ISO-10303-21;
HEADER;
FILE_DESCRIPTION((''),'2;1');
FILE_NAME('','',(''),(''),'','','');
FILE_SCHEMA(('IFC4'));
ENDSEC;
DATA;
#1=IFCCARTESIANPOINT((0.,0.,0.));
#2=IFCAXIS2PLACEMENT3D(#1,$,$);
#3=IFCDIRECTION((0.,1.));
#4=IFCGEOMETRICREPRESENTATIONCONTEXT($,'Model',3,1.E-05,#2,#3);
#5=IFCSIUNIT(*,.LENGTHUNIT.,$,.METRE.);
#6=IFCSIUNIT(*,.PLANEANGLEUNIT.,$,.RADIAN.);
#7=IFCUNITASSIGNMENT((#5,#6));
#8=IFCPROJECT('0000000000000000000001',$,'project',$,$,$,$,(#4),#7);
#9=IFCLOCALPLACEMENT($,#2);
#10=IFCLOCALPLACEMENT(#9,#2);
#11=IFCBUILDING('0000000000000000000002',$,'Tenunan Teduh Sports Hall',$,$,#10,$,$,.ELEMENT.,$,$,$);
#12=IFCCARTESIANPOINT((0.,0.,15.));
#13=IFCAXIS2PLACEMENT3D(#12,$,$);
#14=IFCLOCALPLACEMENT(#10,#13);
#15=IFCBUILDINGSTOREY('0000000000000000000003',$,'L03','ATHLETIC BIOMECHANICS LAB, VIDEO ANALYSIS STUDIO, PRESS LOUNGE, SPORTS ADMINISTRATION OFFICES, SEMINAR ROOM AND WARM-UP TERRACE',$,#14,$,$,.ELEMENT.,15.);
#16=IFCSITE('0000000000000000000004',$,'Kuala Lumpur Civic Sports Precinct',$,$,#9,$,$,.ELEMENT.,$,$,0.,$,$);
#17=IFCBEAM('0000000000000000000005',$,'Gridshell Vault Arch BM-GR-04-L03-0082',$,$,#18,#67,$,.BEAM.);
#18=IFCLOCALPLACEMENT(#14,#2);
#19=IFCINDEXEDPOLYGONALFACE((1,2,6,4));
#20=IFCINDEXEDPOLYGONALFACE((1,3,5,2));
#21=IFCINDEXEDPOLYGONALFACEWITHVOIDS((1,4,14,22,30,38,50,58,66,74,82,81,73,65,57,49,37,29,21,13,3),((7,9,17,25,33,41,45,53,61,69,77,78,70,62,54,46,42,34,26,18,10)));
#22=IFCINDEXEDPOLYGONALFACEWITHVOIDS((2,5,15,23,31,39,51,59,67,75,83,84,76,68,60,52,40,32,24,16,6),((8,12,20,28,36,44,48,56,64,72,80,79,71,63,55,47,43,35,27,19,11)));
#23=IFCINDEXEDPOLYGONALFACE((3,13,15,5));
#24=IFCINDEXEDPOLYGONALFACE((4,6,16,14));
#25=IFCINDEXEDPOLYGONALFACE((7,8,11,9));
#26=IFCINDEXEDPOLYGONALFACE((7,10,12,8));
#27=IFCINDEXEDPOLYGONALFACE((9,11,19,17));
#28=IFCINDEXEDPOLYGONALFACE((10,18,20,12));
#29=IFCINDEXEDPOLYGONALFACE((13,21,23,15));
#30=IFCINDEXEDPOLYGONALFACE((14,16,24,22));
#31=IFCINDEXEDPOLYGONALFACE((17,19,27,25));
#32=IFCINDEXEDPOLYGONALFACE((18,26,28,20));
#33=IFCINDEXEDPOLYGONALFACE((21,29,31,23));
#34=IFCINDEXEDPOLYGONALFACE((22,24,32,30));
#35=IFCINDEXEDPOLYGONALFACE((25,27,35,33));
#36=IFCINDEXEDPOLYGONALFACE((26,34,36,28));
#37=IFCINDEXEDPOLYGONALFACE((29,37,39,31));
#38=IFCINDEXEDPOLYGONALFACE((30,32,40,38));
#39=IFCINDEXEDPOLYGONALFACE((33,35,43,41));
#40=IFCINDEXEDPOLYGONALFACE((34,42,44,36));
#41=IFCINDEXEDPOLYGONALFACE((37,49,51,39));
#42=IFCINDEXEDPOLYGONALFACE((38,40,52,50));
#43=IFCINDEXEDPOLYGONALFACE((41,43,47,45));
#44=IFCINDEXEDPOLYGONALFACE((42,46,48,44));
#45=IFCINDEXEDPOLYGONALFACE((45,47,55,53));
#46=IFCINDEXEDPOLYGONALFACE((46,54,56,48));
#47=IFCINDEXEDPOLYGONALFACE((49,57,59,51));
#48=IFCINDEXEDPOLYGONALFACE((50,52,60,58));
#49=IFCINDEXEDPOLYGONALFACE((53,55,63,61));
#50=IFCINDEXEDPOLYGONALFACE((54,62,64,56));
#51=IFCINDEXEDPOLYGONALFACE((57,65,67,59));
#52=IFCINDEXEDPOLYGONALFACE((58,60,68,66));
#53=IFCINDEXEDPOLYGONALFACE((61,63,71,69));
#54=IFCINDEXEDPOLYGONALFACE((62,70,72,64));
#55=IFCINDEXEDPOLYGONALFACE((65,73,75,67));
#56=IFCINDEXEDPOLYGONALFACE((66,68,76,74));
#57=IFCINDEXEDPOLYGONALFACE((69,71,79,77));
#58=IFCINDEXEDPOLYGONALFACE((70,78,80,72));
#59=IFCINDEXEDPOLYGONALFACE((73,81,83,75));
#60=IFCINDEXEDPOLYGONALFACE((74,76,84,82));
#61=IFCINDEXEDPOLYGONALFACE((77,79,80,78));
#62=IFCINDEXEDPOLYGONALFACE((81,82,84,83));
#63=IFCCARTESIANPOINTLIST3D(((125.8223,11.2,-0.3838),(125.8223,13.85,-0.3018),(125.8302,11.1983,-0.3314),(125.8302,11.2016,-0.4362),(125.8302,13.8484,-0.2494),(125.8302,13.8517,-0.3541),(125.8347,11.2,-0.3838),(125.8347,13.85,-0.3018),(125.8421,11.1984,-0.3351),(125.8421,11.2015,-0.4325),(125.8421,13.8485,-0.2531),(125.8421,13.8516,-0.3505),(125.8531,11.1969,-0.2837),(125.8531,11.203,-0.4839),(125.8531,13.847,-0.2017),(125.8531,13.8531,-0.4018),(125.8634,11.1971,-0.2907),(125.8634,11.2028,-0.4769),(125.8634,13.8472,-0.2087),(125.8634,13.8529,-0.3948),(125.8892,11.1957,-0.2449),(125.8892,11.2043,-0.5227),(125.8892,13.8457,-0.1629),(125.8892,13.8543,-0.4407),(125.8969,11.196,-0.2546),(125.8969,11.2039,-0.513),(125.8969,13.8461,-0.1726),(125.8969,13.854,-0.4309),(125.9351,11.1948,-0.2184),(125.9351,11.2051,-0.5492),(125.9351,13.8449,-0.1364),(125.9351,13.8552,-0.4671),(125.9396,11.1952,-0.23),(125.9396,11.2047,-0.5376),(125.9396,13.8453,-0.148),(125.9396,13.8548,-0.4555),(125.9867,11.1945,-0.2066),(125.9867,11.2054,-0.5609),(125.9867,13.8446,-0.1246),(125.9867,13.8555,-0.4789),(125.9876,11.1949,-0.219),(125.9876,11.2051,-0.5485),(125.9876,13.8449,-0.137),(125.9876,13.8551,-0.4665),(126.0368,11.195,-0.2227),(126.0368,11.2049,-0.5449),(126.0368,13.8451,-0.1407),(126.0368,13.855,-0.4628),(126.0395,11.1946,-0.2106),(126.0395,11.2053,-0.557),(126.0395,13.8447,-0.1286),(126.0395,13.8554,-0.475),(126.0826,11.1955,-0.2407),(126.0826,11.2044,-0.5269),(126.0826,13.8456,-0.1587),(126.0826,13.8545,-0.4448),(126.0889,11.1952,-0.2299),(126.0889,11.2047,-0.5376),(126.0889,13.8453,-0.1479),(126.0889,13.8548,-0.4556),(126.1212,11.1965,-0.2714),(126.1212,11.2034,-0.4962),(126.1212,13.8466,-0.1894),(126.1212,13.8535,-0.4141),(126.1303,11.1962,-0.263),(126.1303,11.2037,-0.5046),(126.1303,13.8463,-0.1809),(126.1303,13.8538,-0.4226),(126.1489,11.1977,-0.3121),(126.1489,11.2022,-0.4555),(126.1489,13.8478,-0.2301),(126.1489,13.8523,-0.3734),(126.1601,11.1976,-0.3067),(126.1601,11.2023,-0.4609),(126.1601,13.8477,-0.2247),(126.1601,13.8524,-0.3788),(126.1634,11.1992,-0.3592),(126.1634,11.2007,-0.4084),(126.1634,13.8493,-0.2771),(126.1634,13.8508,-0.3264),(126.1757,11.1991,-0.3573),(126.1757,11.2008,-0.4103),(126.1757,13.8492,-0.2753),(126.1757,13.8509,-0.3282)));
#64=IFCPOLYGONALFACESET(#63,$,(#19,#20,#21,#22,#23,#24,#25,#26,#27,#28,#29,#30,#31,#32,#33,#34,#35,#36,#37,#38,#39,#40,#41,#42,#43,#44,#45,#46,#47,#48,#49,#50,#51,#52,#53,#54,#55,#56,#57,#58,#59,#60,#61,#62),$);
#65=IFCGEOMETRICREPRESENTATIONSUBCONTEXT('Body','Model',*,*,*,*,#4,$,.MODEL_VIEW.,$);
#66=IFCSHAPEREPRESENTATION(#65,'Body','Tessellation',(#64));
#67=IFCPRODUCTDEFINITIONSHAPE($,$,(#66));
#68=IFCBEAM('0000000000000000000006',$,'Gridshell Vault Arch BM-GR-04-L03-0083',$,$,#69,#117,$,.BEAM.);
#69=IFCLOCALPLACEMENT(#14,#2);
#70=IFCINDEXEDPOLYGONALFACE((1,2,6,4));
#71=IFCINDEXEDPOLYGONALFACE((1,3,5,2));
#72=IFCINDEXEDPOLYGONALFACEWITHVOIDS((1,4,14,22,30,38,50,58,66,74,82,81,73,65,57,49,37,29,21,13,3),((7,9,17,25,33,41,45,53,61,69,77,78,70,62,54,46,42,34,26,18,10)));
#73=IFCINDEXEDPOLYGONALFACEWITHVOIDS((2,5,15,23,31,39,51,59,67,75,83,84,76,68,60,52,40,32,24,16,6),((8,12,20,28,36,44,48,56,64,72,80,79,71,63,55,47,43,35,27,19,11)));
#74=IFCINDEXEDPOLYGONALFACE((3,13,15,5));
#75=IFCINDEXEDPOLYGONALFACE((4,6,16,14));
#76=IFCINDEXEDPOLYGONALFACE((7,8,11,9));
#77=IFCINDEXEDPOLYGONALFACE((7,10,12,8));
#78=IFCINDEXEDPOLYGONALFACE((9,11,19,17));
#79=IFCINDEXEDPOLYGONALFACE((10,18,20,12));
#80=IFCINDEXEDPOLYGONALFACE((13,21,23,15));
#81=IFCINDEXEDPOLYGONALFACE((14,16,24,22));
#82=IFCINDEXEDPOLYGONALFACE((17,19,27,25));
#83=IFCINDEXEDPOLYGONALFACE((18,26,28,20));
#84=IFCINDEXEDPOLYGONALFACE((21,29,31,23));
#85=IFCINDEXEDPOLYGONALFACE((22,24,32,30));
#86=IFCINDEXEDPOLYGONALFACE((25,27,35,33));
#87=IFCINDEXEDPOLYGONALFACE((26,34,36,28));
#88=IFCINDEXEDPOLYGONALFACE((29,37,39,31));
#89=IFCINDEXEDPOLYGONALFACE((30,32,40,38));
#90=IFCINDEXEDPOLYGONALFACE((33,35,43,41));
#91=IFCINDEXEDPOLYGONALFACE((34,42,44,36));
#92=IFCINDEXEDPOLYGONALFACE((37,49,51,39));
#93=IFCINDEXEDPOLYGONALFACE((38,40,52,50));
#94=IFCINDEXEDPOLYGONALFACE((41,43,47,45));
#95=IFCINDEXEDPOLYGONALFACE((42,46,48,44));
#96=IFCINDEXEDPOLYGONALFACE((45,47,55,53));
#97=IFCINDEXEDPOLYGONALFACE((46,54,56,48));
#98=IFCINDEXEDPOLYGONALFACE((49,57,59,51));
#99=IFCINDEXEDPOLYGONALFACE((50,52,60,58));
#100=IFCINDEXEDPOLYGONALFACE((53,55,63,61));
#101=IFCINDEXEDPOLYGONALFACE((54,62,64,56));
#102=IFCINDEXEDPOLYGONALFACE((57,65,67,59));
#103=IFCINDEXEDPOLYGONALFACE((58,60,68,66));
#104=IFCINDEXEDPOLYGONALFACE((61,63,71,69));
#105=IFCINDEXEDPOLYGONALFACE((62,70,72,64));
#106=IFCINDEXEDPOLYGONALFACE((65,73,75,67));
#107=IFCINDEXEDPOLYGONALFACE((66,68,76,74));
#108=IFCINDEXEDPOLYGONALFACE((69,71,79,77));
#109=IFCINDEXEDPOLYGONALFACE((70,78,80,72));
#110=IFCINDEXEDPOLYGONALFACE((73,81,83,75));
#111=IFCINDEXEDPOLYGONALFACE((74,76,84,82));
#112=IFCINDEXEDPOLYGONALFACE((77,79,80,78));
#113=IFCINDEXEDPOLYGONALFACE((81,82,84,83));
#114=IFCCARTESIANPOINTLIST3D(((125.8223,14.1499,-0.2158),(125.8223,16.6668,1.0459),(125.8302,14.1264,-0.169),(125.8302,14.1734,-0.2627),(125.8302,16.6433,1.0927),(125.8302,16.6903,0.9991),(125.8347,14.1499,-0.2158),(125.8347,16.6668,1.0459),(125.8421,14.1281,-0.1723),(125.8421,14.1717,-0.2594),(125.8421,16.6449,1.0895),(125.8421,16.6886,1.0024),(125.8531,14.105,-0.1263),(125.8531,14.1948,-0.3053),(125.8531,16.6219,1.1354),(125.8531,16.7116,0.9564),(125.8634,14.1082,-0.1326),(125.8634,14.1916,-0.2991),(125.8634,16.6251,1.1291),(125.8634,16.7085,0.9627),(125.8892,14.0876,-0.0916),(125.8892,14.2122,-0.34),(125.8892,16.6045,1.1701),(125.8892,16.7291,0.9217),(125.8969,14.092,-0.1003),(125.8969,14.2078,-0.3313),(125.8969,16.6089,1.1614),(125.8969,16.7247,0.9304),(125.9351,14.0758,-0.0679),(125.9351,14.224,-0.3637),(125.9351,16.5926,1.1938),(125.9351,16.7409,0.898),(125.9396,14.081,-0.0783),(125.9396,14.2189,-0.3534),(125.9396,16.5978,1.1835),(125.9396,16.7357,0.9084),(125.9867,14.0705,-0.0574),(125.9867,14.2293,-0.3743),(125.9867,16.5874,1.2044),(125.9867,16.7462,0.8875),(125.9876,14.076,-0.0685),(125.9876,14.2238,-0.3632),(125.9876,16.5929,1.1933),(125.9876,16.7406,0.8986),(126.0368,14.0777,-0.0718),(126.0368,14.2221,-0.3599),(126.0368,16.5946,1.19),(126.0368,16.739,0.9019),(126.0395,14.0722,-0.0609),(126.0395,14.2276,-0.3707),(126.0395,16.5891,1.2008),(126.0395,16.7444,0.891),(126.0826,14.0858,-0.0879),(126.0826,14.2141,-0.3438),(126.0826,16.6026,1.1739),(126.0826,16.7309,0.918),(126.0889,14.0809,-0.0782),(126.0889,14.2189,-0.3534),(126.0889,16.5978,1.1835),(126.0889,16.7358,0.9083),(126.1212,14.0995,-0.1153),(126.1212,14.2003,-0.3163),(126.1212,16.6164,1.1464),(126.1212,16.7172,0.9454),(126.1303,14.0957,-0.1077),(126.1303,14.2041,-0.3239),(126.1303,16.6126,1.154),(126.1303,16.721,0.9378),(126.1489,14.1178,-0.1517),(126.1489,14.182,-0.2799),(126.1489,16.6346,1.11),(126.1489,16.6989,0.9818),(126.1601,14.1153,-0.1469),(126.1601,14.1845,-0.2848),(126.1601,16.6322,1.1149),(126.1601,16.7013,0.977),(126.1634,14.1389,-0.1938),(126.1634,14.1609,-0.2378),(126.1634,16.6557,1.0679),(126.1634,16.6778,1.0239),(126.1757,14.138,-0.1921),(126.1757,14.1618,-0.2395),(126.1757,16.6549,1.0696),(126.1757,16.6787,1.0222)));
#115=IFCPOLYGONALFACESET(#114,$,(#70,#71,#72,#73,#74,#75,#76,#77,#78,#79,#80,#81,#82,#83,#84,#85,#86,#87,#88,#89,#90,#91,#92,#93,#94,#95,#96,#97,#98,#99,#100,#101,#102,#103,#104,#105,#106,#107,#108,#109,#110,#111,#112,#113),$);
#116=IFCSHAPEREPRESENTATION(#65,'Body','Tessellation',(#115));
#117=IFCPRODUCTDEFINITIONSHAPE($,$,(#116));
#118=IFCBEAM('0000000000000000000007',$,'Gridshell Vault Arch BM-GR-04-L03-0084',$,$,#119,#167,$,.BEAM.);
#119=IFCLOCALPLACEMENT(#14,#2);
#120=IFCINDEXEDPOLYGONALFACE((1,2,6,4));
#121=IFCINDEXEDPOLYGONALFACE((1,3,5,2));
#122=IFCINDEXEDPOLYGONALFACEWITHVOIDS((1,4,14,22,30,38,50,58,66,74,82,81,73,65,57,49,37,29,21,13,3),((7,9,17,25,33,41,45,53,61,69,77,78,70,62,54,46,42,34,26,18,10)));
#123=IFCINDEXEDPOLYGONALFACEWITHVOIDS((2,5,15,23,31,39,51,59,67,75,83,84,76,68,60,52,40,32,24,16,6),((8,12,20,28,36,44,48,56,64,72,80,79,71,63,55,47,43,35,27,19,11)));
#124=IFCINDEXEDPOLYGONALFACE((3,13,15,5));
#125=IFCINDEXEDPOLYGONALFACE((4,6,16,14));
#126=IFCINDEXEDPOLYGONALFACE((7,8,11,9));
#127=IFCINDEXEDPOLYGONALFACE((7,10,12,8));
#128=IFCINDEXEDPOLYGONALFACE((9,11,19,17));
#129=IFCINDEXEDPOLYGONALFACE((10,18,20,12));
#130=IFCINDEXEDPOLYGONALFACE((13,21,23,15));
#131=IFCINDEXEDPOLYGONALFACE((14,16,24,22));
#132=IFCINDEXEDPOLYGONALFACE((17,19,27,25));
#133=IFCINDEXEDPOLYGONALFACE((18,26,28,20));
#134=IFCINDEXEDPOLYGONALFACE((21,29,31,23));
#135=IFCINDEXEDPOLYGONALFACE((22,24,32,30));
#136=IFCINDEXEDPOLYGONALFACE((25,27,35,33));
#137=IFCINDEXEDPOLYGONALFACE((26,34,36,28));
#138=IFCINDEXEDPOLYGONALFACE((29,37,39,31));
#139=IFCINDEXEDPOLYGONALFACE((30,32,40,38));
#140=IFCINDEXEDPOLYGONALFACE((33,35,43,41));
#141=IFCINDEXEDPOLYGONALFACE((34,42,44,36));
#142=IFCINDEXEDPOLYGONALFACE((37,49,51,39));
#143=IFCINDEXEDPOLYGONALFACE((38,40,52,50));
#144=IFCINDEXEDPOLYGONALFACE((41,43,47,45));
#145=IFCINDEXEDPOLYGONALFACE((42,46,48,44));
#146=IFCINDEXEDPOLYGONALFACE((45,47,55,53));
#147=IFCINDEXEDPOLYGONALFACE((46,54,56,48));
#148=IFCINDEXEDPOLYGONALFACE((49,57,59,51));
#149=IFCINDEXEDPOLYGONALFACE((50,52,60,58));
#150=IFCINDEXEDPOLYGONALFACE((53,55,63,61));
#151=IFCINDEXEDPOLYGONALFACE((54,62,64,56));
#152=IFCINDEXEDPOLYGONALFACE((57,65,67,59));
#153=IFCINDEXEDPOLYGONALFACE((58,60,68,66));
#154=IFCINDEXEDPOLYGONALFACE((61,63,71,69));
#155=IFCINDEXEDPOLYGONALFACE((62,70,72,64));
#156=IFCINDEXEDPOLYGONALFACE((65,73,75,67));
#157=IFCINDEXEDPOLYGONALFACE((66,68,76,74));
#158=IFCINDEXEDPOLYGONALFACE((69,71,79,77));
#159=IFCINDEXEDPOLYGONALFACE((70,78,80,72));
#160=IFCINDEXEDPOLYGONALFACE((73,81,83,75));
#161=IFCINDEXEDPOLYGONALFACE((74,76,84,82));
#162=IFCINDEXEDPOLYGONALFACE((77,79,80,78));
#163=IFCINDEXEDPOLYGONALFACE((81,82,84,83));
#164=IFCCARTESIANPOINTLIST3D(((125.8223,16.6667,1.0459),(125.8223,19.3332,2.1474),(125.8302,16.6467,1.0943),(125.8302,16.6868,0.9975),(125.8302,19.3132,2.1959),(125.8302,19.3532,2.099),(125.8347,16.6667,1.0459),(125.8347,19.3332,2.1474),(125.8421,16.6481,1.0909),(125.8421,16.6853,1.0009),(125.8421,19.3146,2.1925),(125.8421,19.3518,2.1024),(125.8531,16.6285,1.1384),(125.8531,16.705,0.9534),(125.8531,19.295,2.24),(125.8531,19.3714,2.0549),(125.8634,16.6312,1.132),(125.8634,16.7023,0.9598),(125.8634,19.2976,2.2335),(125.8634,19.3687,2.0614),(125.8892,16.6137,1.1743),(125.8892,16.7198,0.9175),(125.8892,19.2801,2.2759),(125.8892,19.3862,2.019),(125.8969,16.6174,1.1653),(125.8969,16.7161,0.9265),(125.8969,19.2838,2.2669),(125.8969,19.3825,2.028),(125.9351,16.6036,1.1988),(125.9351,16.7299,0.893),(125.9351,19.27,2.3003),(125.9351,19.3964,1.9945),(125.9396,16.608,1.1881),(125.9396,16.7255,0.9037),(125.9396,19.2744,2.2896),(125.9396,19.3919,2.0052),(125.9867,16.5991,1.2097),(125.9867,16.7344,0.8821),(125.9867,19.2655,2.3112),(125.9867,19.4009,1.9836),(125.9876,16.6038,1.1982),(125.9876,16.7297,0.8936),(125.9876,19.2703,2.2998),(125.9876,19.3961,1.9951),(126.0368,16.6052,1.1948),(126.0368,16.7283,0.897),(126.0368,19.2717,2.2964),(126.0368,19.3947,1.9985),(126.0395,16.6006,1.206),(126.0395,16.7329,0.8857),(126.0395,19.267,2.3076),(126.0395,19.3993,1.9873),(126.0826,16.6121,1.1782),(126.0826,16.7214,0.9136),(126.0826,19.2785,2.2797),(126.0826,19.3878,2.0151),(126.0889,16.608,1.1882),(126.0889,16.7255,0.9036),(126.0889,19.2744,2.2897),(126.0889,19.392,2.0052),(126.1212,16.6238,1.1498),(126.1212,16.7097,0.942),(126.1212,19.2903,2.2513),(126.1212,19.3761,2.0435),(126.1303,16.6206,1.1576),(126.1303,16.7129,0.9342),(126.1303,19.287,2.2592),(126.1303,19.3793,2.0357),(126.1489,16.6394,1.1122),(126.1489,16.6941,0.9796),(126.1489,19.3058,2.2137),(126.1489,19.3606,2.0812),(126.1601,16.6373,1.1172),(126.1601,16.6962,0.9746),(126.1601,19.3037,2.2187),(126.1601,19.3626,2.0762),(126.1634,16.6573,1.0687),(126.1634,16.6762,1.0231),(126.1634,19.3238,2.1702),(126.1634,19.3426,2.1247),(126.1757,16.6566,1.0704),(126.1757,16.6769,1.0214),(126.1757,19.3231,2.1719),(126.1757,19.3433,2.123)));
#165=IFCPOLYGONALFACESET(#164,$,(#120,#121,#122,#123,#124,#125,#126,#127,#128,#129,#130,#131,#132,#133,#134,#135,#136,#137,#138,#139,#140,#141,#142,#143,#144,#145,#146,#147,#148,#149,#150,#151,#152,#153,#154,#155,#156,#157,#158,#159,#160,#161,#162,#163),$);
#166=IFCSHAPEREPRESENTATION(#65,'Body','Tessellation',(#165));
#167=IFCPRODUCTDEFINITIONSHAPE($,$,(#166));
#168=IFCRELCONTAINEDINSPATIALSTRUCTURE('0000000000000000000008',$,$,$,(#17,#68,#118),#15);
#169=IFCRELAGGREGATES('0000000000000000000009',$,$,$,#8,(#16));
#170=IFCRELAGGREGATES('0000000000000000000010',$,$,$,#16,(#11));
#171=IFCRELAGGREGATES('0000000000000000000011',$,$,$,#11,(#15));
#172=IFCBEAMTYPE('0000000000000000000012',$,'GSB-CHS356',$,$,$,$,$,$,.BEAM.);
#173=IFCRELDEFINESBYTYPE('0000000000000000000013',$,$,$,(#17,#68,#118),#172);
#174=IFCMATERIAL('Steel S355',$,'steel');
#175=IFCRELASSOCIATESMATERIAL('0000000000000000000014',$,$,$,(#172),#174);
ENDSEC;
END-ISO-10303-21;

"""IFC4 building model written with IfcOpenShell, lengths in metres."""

from ifc_helpers import new_model, si_unit, direction, frame, origin, origin_2d, place, context, subcontext, project, spatial, hollow_circle, extrude, material, material_profile, profile_set, type_object, element, save


model = new_model("IFC4")

# Units and contexts
model_context = context("Model", 3, precision=1e-05, world=origin(), true_north=direction((0.0, 1.0)))
body_context = subcontext(model_context, "Body", "Model", "MODEL_VIEW")
ifc_project = project(units=[si_unit("LENGTHUNIT", "METRE"), si_unit("PLANEANGLEUNIT", "RADIAN")], contexts=[model_context])

# Site, building, storey
site_placement = place(None, origin())
site = spatial("IfcSite", under=ifc_project, at=site_placement, Name="Kuala Lumpur Civic Sports Precinct", CompositionType="ELEMENT", RefElevation=0.0)
building_placement = place(site_placement, origin())
building = spatial("IfcBuilding", under=site, at=building_placement, Name="Tenunan Teduh Sports Hall", CompositionType="ELEMENT")
storey_placement = place(building_placement, frame((0.0, 0.0, 15.0)))
storey = spatial("IfcBuildingStorey", under=building, at=storey_placement, Name="L03", Description="ATHLETIC BIOMECHANICS LAB, VIDEO ANALYSIS STUDIO, PRESS LOUNGE, SPORTS ADMINISTRATION OFFICES, SEMINAR ROOM AND WARM-UP TERRACE", CompositionType="ELEMENT", Elevation=15.0)

# Beams
ifc_material_1 = material(Name="Steel S355", Category="steel")
ifc_material_profile_1 = material_profile(ifc_material_1, hollow_circle(Radius=0.1777, WallThickness=0.0125, at=origin_2d()), Name="CHS 355.6x12.5")
ifc_profile_set_1 = profile_set([ifc_material_profile_1], Name="Steel S355")
beam_type_1 = type_object("IfcBeamType", Name="GSB-CHS356", PredefinedType="BEAM", material=ifc_profile_set_1)
beam_1_placement = place(storey_placement, frame((126.0, 11.2, -0.3838), z_axis=(0.0, 0.999521, 0.030939), x_axis=(-1.0, 0.0, 0.0)))
element("IfcBeam", 1, at=beam_1_placement, inside=storey, type_object=beam_type_1, Name="Gridshell Vault Arch BM-GR-04-L03-0082", PredefinedType="BEAM", context=body_context, shape_type="SweptSolid", body=[
    extrude(hollow_circle(Radius=0.1777, WallThickness=0.0125, at=origin_2d()), origin(), (0.0, 0.0, 1.0), 2.6514),
])
beam_2_placement = place(storey_placement, frame((126.0, 14.1499, -0.2158), z_axis=(0.0, 0.893958, 0.44815), x_axis=(-1.0, 0.0, 0.0)))
element("IfcBeam", 2, at=beam_2_placement, inside=storey, type_object=beam_type_1, Name="Gridshell Vault Arch BM-GR-04-L03-0083", PredefinedType="BEAM", context=body_context, shape_type="SweptSolid", body=[
    extrude(hollow_circle(Radius=0.1777, WallThickness=0.0125, at=origin_2d()), origin(), (0.0, 0.0, 1.0), 2.8154),
])
beam_3_placement = place(storey_placement, frame((126.0, 16.6667, 1.0459), z_axis=(0.0, 0.924239, 0.381814), x_axis=(-1.0, 0.0, 0.0)))
element("IfcBeam", 3, at=beam_3_placement, inside=storey, type_object=beam_type_1, Name="Gridshell Vault Arch BM-GR-04-L03-0084", PredefinedType="BEAM", context=body_context, shape_type="SweptSolid", body=[
    extrude(hollow_circle(Radius=0.1777, WallThickness=0.0125, at=origin_2d()), origin(), (0.0, 0.0, 1.0), 2.885),
])

save(model, "model.ifc")
